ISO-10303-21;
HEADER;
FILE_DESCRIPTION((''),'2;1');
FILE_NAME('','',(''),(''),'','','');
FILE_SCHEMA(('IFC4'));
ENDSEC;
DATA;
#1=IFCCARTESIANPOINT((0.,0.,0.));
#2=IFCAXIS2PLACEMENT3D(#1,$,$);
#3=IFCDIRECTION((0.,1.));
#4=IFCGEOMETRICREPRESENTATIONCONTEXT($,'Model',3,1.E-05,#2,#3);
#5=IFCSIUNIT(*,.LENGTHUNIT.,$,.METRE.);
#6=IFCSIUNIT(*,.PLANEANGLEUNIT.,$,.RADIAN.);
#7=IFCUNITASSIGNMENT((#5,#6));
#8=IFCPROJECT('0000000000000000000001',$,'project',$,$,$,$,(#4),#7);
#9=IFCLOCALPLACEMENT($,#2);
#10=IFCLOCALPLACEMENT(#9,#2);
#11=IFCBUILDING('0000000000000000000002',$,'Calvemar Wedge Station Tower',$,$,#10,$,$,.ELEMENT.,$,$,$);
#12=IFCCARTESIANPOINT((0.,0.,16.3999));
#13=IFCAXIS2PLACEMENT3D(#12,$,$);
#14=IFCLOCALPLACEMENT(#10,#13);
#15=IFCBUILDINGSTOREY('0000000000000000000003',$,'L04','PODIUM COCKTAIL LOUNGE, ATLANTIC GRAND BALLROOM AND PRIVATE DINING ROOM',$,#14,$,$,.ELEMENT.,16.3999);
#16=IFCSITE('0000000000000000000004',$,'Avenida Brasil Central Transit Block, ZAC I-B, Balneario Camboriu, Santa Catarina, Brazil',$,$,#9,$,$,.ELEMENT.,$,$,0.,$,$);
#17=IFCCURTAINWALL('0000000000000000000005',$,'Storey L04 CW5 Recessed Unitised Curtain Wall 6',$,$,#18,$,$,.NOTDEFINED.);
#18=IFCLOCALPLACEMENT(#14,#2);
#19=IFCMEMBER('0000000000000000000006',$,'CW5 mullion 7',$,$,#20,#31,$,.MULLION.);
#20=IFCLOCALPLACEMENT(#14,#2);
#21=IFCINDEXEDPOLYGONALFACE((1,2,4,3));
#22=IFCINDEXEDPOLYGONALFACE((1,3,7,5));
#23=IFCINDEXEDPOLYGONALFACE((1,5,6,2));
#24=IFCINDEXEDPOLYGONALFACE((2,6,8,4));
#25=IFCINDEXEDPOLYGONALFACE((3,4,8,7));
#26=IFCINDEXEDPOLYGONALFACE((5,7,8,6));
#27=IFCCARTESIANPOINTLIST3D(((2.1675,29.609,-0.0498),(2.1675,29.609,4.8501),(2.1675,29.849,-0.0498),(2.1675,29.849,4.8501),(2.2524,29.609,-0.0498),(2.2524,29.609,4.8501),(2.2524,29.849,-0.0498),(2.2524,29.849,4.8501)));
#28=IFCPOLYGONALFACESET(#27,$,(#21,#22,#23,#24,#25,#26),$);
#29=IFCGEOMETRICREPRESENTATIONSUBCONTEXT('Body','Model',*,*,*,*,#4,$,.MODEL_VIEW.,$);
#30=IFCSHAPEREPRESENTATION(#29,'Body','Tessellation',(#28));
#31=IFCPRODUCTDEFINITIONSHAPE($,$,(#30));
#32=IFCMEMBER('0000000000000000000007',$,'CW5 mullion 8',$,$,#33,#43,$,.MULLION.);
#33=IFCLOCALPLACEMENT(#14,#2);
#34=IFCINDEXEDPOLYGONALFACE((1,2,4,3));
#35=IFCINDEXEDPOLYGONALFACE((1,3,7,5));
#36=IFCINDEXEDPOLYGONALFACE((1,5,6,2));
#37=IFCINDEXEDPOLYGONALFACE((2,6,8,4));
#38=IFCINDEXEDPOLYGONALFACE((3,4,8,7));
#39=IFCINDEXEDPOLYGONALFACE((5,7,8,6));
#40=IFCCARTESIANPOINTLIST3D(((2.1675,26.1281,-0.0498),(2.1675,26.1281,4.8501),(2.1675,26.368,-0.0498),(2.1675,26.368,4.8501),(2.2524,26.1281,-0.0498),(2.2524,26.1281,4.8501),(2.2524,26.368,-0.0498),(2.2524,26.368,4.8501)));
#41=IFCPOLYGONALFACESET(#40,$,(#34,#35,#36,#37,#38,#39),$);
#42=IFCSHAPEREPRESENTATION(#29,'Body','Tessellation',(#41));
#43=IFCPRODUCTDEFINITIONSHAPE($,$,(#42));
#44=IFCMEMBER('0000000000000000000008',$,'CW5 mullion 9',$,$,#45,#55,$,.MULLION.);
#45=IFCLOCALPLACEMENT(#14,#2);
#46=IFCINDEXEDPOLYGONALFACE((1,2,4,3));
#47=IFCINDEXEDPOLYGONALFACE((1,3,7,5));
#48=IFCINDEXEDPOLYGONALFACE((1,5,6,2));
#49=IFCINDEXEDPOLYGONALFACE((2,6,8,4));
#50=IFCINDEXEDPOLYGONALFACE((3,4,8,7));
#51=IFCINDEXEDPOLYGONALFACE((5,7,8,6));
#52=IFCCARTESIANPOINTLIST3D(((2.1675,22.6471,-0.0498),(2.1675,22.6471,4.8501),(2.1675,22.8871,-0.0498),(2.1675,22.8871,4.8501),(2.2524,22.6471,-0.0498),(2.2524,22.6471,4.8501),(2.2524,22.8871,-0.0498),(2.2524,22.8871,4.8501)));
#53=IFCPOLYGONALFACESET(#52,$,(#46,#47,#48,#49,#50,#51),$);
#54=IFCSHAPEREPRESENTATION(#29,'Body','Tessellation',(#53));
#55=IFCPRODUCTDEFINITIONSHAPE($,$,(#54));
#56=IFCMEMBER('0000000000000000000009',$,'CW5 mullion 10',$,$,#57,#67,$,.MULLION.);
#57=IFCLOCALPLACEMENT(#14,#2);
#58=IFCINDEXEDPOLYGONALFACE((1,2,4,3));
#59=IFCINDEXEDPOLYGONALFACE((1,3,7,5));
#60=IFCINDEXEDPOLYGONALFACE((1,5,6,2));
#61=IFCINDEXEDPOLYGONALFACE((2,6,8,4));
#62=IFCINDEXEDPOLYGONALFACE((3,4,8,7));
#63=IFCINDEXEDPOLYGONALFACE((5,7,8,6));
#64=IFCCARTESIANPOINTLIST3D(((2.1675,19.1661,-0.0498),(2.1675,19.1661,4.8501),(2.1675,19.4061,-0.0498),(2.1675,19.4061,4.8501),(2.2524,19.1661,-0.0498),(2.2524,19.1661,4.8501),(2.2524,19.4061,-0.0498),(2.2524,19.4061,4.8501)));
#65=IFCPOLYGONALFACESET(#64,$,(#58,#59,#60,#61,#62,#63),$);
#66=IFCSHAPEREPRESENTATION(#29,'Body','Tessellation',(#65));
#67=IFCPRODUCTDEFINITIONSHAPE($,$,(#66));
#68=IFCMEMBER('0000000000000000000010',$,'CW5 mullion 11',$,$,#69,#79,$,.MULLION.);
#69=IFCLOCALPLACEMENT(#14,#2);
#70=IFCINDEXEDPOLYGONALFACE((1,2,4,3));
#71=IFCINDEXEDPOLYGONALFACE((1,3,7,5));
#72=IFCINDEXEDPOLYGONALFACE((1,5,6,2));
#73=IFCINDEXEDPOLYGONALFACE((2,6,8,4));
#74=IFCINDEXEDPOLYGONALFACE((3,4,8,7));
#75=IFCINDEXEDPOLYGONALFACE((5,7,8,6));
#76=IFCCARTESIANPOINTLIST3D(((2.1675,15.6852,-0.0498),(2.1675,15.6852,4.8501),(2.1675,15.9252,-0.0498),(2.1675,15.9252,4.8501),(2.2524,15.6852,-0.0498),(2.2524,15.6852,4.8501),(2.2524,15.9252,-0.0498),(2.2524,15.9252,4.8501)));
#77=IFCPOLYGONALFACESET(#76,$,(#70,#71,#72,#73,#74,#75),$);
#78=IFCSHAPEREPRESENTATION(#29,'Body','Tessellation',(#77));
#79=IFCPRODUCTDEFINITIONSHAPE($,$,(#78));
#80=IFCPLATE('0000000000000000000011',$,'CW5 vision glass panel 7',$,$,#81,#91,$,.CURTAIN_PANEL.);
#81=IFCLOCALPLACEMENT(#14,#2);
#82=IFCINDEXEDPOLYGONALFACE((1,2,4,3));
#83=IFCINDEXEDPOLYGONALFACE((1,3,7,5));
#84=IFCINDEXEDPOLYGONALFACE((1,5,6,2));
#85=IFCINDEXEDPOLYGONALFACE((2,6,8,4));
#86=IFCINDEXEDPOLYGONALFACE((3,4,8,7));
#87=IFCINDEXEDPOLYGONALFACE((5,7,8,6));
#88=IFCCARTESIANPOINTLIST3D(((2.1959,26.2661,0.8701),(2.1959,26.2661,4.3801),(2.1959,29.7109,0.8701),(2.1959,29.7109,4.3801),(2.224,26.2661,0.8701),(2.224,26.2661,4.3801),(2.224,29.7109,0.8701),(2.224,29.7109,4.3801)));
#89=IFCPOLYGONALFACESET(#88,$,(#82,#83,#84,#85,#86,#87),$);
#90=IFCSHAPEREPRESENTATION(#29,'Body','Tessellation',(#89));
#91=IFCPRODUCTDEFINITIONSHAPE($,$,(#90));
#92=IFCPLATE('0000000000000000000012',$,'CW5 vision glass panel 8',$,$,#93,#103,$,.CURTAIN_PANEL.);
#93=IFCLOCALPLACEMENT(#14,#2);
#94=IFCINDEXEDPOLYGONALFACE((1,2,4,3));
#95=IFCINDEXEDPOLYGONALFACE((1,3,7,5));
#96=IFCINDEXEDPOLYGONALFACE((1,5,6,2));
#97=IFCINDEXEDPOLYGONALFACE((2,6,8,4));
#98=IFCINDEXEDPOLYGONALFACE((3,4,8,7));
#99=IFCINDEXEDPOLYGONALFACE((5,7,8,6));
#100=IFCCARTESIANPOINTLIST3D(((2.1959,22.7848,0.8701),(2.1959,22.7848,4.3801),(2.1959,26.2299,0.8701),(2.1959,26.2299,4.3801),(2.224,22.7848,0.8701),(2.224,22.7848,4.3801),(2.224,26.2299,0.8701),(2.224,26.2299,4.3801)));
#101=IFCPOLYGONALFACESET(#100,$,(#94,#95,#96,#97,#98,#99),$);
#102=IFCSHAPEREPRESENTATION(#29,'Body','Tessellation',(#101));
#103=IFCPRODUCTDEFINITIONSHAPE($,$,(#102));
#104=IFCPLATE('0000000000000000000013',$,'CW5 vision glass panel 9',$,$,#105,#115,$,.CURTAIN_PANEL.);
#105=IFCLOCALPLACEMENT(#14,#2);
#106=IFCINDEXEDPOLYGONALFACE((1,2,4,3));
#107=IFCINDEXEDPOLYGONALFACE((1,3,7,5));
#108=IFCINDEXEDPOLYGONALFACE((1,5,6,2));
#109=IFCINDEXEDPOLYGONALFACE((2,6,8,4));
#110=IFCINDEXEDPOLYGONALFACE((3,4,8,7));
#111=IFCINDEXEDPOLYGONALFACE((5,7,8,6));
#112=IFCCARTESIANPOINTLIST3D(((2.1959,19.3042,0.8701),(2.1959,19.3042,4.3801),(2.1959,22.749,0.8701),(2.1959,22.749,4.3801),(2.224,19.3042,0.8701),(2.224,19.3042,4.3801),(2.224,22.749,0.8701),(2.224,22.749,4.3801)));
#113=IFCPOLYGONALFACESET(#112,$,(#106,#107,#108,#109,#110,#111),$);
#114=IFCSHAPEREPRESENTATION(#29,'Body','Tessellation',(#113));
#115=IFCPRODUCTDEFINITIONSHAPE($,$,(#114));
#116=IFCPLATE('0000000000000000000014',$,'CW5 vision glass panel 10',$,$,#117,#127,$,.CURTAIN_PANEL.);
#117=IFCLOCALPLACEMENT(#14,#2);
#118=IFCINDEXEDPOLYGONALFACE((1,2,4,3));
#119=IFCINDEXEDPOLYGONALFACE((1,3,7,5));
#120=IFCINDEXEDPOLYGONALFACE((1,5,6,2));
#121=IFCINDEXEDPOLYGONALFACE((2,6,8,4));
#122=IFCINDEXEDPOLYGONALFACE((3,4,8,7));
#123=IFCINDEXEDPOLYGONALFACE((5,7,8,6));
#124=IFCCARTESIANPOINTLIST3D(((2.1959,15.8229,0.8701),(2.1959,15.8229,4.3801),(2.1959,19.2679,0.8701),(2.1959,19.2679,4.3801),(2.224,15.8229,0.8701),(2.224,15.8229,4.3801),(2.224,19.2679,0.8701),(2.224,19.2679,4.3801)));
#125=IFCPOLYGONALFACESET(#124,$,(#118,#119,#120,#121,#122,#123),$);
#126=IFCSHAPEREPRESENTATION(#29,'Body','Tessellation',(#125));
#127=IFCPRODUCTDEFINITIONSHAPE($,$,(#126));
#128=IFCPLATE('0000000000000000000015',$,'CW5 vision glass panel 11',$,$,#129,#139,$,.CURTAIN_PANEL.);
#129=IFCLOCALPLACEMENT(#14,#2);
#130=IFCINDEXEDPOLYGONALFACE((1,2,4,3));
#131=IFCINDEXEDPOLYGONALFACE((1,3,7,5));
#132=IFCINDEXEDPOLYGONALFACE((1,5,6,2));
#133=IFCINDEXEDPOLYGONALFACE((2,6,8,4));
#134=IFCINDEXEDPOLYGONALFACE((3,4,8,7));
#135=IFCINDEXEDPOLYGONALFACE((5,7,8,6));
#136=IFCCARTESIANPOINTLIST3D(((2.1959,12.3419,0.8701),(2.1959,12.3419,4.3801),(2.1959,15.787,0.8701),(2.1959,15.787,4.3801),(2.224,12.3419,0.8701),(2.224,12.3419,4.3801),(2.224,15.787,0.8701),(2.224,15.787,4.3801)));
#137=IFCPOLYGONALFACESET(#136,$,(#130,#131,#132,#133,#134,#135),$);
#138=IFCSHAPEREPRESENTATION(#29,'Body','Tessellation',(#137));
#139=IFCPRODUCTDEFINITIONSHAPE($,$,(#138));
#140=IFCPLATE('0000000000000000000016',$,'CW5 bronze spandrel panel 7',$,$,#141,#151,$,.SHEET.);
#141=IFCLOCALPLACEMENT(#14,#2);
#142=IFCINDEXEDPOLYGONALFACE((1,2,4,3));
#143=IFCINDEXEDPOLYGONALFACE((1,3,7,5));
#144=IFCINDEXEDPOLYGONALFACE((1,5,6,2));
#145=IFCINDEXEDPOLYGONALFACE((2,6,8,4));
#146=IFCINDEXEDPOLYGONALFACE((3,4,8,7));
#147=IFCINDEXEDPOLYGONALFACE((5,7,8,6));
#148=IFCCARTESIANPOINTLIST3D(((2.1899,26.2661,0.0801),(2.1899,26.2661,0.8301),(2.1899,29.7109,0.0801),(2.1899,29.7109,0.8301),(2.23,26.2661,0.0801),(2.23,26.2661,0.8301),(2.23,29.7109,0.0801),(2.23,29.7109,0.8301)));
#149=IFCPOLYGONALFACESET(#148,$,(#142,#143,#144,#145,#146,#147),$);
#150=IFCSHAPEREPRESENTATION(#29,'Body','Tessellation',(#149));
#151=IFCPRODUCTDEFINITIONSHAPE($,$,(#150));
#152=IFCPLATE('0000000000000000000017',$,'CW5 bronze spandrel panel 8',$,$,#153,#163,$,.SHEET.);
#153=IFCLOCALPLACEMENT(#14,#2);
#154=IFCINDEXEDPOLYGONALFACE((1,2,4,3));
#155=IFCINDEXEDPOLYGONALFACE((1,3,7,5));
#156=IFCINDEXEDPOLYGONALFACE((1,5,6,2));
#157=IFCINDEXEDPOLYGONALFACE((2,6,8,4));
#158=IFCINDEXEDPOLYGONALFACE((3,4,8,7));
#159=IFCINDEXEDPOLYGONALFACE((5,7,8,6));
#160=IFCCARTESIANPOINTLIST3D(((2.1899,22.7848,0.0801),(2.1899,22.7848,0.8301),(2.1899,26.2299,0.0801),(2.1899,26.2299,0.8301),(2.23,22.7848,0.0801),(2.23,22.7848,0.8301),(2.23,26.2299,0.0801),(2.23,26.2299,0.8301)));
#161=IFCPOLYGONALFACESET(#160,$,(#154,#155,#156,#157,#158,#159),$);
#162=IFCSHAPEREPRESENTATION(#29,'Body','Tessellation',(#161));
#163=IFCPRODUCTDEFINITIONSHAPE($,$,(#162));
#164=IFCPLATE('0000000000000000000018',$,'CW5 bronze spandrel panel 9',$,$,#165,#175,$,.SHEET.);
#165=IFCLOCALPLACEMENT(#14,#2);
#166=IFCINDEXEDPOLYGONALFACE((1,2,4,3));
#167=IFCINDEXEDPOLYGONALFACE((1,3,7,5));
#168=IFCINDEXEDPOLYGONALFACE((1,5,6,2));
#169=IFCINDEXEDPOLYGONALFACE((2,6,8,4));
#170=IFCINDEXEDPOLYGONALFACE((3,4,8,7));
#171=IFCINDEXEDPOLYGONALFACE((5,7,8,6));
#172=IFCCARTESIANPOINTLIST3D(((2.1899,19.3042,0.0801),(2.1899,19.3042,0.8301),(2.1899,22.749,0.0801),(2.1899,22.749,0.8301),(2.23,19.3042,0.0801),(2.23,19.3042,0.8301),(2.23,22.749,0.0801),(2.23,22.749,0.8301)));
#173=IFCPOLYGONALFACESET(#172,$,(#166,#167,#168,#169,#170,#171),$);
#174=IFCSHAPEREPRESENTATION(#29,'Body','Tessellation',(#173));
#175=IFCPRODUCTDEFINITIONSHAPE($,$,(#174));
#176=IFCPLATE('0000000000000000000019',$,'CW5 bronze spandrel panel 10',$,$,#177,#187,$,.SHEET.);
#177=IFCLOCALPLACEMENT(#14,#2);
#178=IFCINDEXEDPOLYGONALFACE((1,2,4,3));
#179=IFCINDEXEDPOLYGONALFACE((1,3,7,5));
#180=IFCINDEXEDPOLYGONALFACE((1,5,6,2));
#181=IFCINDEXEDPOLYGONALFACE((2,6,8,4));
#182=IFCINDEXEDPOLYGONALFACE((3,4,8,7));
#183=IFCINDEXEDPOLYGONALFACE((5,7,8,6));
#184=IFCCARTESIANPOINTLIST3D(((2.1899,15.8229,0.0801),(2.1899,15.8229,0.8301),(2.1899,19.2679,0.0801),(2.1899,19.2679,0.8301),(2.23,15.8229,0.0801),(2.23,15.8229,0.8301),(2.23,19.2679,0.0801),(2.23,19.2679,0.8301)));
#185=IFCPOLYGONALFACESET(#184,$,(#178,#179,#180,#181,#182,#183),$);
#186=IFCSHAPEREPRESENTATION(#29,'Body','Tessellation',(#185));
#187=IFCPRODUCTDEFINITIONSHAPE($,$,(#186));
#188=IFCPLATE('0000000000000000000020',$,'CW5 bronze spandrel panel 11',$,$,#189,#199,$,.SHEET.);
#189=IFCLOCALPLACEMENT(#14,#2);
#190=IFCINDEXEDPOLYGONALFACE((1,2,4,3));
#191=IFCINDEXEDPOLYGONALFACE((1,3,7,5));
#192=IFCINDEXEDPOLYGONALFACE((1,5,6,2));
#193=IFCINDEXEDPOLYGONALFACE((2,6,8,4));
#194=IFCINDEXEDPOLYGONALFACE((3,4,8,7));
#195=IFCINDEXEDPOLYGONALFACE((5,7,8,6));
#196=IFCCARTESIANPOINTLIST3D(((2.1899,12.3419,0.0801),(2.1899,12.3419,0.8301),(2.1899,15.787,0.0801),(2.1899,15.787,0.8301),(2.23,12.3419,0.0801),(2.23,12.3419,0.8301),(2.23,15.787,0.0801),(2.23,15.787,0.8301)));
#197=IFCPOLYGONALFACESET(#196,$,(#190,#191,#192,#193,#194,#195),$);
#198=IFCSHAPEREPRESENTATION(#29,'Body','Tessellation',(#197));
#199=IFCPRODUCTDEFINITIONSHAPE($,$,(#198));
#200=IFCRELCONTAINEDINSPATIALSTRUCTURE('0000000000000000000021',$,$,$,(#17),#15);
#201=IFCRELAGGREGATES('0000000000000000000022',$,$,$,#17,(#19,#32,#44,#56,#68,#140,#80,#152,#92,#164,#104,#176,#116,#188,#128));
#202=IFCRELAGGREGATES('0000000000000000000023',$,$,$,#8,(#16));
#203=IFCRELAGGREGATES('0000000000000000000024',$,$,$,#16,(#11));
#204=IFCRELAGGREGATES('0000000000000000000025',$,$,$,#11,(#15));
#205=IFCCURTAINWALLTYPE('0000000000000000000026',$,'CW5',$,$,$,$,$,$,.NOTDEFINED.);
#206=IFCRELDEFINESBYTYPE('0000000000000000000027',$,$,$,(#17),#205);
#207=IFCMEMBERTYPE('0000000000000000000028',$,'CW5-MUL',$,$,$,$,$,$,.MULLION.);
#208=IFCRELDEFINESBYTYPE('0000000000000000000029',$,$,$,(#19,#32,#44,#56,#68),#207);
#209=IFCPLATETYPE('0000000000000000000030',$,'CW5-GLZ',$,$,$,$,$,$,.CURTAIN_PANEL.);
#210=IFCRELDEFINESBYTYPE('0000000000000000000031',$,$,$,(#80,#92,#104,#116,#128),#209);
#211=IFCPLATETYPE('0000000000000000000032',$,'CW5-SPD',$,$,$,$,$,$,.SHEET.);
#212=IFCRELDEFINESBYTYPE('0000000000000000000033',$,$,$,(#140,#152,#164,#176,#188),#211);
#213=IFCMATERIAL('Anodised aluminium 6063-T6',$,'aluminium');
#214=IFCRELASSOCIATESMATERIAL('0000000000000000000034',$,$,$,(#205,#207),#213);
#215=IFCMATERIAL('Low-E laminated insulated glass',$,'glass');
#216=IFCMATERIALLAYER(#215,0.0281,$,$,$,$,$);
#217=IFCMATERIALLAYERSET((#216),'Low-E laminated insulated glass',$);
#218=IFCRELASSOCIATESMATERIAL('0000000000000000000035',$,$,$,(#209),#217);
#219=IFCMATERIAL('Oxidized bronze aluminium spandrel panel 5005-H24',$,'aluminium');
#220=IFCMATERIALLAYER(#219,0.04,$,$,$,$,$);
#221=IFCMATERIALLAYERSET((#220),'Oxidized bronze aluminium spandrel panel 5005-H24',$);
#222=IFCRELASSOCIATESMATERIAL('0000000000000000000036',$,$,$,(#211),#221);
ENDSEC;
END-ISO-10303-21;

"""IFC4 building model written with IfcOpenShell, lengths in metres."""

from ifc_helpers import new_model, si_unit, direction, frame, frame_2d, origin, origin_2d, place, context, subcontext, project, spatial, rectangle, extrude, source, transform, mapped, material, layer, layer_set, material_profile, profile_set, type_object, element, aggregate, save


model = new_model("IFC4")

# Units and contexts
model_context = context("Model", 3, precision=1e-05, world=origin(), true_north=direction((0.0, 1.0)))
body_context = subcontext(model_context, "Body", "Model", "MODEL_VIEW")
ifc_project = project(units=[si_unit("LENGTHUNIT", "METRE"), si_unit("PLANEANGLEUNIT", "RADIAN")], contexts=[model_context])

# Site, building, storey
site_placement = place(None, origin())
site = spatial("IfcSite", under=ifc_project, at=site_placement, Name="Avenida Brasil Central Transit Block, ZAC I-B, Balneario Camboriu, Santa Catarina, Brazil", CompositionType="ELEMENT", RefElevation=0.0)
building_placement = place(site_placement, origin())
building = spatial("IfcBuilding", under=site, at=building_placement, Name="Calvemar Wedge Station Tower", CompositionType="ELEMENT")
storey_placement = place(building_placement, frame((0.0, 0.0, 16.3999)))
storey = spatial("IfcBuildingStorey", under=building, at=storey_placement, Name="L04", Description="PODIUM COCKTAIL LOUNGE, ATLANTIC GRAND BALLROOM AND PRIVATE DINING ROOM", CompositionType="ELEMENT", Elevation=16.3999)

# Curtain wall, members, plates
ifc_material_1 = material(Name="Anodised aluminium 6063-T6", Category="aluminium")
curtain_wall_type = type_object("IfcCurtainWallType", Name="CW5", PredefinedType="NOTDEFINED", material=ifc_material_1)
curtain_wall_placement = place(storey_placement, origin())
curtain_wall = element("IfcCurtainWall", 1, at=curtain_wall_placement, inside=storey, type_object=curtain_wall_type, Name="Storey L04 CW5 Recessed Unitised Curtain Wall 6", PredefinedType="NOTDEFINED")
ifc_material_profile_1 = material_profile(ifc_material_1, rectangle(XDim=0.085, YDim=0.24, at=origin_2d()), Name="AL-MUL-85x240")
ifc_profile_set_1 = profile_set([ifc_material_profile_1], Name="Anodised aluminium 6063-T6")
member_type = type_object("IfcMemberType", Name="CW5-MUL", PredefinedType="MULLION", material=ifc_profile_set_1)
shared_shape_1 = source(origin(), body_context, "Body", "SweptSolid", [
    extrude(rectangle(XDim=0.085, YDim=0.24, at=origin_2d()), origin(), (0.0, 0.0, 1.0), 4.8999),
])
member_1_placement = place(storey_placement, frame((2.21, 29.729, -0.0498), z_axis=(0.0, 0.0, 1.0), x_axis=(1.0, 0.0, 0.0)))
member_1 = element("IfcMember", 2, at=member_1_placement, type_object=member_type, Name="CW5 mullion 7", PredefinedType="MULLION", context=body_context, shape_type="MappedRepresentation", body=[
    mapped(shared_shape_1, transform((0.0, 0.0, 0.0), scale=1.0)),
])
member_2_placement = place(storey_placement, frame((2.21, 26.248, -0.0498), z_axis=(0.0, 0.0, 1.0), x_axis=(1.0, 0.0, 0.0)))
member_2 = element("IfcMember", 3, at=member_2_placement, type_object=member_type, Name="CW5 mullion 8", PredefinedType="MULLION", context=body_context, shape_type="MappedRepresentation", body=[
    mapped(shared_shape_1, transform((0.0, 0.0, 0.0), scale=1.0)),
])
member_3_placement = place(storey_placement, frame((2.21, 22.7671, -0.0498), z_axis=(0.0, 0.0, 1.0), x_axis=(1.0, 0.0, 0.0)))
member_3 = element("IfcMember", 4, at=member_3_placement, type_object=member_type, Name="CW5 mullion 9", PredefinedType="MULLION", context=body_context, shape_type="MappedRepresentation", body=[
    mapped(shared_shape_1, transform((0.0, 0.0, 0.0), scale=1.0)),
])
member_4_placement = place(storey_placement, frame((2.21, 19.2861, -0.0498), z_axis=(0.0, 0.0, 1.0), x_axis=(1.0, 0.0, 0.0)))
member_4 = element("IfcMember", 5, at=member_4_placement, type_object=member_type, Name="CW5 mullion 10", PredefinedType="MULLION", context=body_context, shape_type="MappedRepresentation", body=[
    mapped(shared_shape_1, transform((0.0, 0.0, 0.0), scale=1.0)),
])
member_5_placement = place(storey_placement, frame((2.21, 15.8052, -0.0498), z_axis=(0.0, 0.0, 1.0), x_axis=(1.0, 0.0, 0.0)))
member_5 = element("IfcMember", 6, at=member_5_placement, type_object=member_type, Name="CW5 mullion 11", PredefinedType="MULLION", context=body_context, shape_type="MappedRepresentation", body=[
    mapped(shared_shape_1, transform((0.0, 0.0, 0.0), scale=1.0)),
])
ifc_material_2 = material(Name="Low-E laminated insulated glass", Category="glass")
ifc_layer_1 = layer(ifc_material_2, 0.0281)
ifc_layer_set_1 = layer_set([ifc_layer_1], Name="Low-E laminated insulated glass")
plate_type_1 = type_object("IfcPlateType", Name="CW5-GLZ", PredefinedType="CURTAIN_PANEL", material=ifc_layer_set_1)
plate_1_placement = place(storey_placement, frame((2.21, 29.7109, 0.8701), z_axis=(0.0, 0.0, 1.0), x_axis=(0.0, -1.0, 0.0)))
plate_1 = element("IfcPlate", 7, at=plate_1_placement, type_object=plate_type_1, Name="CW5 vision glass panel 7", PredefinedType="CURTAIN_PANEL", context=body_context, shape_type="SweptSolid", body=[
    extrude(rectangle(XDim=3.4448, YDim=0.0281, at=frame_2d((1.7224, 0.0))), origin(), (0.0, 0.0, 1.0), 3.51),
])
plate_2_placement = place(storey_placement, frame((2.21, 26.23, 0.8701), z_axis=(0.0, 0.0, 1.0), x_axis=(0.0, -1.0, 0.0)))
plate_2 = element("IfcPlate", 8, at=plate_2_placement, type_object=plate_type_1, Name="CW5 vision glass panel 8", PredefinedType="CURTAIN_PANEL", context=body_context, shape_type="SweptSolid", body=[
    extrude(rectangle(XDim=3.4451, YDim=0.0281, at=frame_2d((1.7227, 0.0))), origin(), (0.0, 0.0, 1.0), 3.51),
])
plate_3_placement = place(storey_placement, frame((2.21, 22.749, 0.8701), z_axis=(0.0, 0.0, 1.0), x_axis=(0.0, -1.0, 0.0)))
plate_3 = element("IfcPlate", 9, at=plate_3_placement, type_object=plate_type_1, Name="CW5 vision glass panel 9", PredefinedType="CURTAIN_PANEL", context=body_context, shape_type="SweptSolid", body=[
    extrude(rectangle(XDim=3.4448, YDim=0.0281, at=frame_2d((1.7224, 0.0))), origin(), (0.0, 0.0, 1.0), 3.51),
])
plate_4_placement = place(storey_placement, frame((2.21, 19.2681, 0.8701), z_axis=(0.0, 0.0, 1.0), x_axis=(0.0, -1.0, 0.0)))
plate_4 = element("IfcPlate", 10, at=plate_4_placement, type_object=plate_type_1, Name="CW5 vision glass panel 10", PredefinedType="CURTAIN_PANEL", context=body_context, shape_type="SweptSolid", body=[
    extrude(rectangle(XDim=3.4451, YDim=0.0281, at=frame_2d((1.7227, 0.0))), origin(), (0.0, 0.0, 1.0), 3.51),
])
plate_5_placement = place(storey_placement, frame((2.21, 15.7871, 0.8701), z_axis=(0.0, 0.0, 1.0), x_axis=(0.0, -1.0, 0.0)))
plate_5 = element("IfcPlate", 11, at=plate_5_placement, type_object=plate_type_1, Name="CW5 vision glass panel 11", PredefinedType="CURTAIN_PANEL", context=body_context, shape_type="SweptSolid", body=[
    extrude(rectangle(XDim=3.4451, YDim=0.0281, at=frame_2d((1.7227, 0.0))), origin(), (0.0, 0.0, 1.0), 3.51),
])
ifc_material_3 = material(Name="Oxidized bronze aluminium spandrel panel 5005-H24", Category="aluminium")
ifc_layer_2 = layer(ifc_material_3, 0.04)
ifc_layer_set_2 = layer_set([ifc_layer_2], Name="Oxidized bronze aluminium spandrel panel 5005-H24")
plate_type_2 = type_object("IfcPlateType", Name="CW5-SPD", PredefinedType="SHEET", material=ifc_layer_set_2)
plate_6_placement = place(storey_placement, frame((2.21, 29.7109, 0.0801), z_axis=(0.0, 0.0, 1.0), x_axis=(0.0, -1.0, 0.0)))
plate_6 = element("IfcPlate", 12, at=plate_6_placement, type_object=plate_type_2, Name="CW5 bronze spandrel panel 7", PredefinedType="SHEET", context=body_context, shape_type="SweptSolid", body=[
    extrude(rectangle(XDim=3.4448, YDim=0.04, at=frame_2d((1.7224, 0.0))), origin(), (0.0, 0.0, 1.0), 0.75),
])
plate_7_placement = place(storey_placement, frame((2.21, 26.23, 0.0801), z_axis=(0.0, 0.0, 1.0), x_axis=(0.0, -1.0, 0.0)))
plate_7 = element("IfcPlate", 13, at=plate_7_placement, type_object=plate_type_2, Name="CW5 bronze spandrel panel 8", PredefinedType="SHEET", context=body_context, shape_type="SweptSolid", body=[
    extrude(rectangle(XDim=3.4451, YDim=0.04, at=frame_2d((1.7227, 0.0))), origin(), (0.0, 0.0, 1.0), 0.75),
])
plate_8_placement = place(storey_placement, frame((2.21, 22.749, 0.0801), z_axis=(0.0, 0.0, 1.0), x_axis=(0.0, -1.0, 0.0)))
plate_8 = element("IfcPlate", 14, at=plate_8_placement, type_object=plate_type_2, Name="CW5 bronze spandrel panel 9", PredefinedType="SHEET", context=body_context, shape_type="SweptSolid", body=[
    extrude(rectangle(XDim=3.4448, YDim=0.04, at=frame_2d((1.7224, 0.0))), origin(), (0.0, 0.0, 1.0), 0.75),
])
plate_9_placement = place(storey_placement, frame((2.21, 19.2681, 0.0801), z_axis=(0.0, 0.0, 1.0), x_axis=(0.0, -1.0, 0.0)))
plate_9 = element("IfcPlate", 15, at=plate_9_placement, type_object=plate_type_2, Name="CW5 bronze spandrel panel 10", PredefinedType="SHEET", context=body_context, shape_type="SweptSolid", body=[
    extrude(rectangle(XDim=3.4451, YDim=0.04, at=frame_2d((1.7227, 0.0))), origin(), (0.0, 0.0, 1.0), 0.75),
])
plate_10_placement = place(storey_placement, frame((2.21, 15.7871, 0.0801), z_axis=(0.0, 0.0, 1.0), x_axis=(0.0, -1.0, 0.0)))
plate_10 = element("IfcPlate", 16, at=plate_10_placement, type_object=plate_type_2, Name="CW5 bronze spandrel panel 11", PredefinedType="SHEET", context=body_context, shape_type="SweptSolid", body=[
    extrude(rectangle(XDim=3.4451, YDim=0.04, at=frame_2d((1.7227, 0.0))), origin(), (0.0, 0.0, 1.0), 0.75),
])
aggregate(curtain_wall, [member_1, member_2, member_3, member_4, member_5, plate_6, plate_1, plate_7, plate_2, plate_8, plate_3, plate_9, plate_4, plate_10, plate_5])

save(model, "model.ifc")
